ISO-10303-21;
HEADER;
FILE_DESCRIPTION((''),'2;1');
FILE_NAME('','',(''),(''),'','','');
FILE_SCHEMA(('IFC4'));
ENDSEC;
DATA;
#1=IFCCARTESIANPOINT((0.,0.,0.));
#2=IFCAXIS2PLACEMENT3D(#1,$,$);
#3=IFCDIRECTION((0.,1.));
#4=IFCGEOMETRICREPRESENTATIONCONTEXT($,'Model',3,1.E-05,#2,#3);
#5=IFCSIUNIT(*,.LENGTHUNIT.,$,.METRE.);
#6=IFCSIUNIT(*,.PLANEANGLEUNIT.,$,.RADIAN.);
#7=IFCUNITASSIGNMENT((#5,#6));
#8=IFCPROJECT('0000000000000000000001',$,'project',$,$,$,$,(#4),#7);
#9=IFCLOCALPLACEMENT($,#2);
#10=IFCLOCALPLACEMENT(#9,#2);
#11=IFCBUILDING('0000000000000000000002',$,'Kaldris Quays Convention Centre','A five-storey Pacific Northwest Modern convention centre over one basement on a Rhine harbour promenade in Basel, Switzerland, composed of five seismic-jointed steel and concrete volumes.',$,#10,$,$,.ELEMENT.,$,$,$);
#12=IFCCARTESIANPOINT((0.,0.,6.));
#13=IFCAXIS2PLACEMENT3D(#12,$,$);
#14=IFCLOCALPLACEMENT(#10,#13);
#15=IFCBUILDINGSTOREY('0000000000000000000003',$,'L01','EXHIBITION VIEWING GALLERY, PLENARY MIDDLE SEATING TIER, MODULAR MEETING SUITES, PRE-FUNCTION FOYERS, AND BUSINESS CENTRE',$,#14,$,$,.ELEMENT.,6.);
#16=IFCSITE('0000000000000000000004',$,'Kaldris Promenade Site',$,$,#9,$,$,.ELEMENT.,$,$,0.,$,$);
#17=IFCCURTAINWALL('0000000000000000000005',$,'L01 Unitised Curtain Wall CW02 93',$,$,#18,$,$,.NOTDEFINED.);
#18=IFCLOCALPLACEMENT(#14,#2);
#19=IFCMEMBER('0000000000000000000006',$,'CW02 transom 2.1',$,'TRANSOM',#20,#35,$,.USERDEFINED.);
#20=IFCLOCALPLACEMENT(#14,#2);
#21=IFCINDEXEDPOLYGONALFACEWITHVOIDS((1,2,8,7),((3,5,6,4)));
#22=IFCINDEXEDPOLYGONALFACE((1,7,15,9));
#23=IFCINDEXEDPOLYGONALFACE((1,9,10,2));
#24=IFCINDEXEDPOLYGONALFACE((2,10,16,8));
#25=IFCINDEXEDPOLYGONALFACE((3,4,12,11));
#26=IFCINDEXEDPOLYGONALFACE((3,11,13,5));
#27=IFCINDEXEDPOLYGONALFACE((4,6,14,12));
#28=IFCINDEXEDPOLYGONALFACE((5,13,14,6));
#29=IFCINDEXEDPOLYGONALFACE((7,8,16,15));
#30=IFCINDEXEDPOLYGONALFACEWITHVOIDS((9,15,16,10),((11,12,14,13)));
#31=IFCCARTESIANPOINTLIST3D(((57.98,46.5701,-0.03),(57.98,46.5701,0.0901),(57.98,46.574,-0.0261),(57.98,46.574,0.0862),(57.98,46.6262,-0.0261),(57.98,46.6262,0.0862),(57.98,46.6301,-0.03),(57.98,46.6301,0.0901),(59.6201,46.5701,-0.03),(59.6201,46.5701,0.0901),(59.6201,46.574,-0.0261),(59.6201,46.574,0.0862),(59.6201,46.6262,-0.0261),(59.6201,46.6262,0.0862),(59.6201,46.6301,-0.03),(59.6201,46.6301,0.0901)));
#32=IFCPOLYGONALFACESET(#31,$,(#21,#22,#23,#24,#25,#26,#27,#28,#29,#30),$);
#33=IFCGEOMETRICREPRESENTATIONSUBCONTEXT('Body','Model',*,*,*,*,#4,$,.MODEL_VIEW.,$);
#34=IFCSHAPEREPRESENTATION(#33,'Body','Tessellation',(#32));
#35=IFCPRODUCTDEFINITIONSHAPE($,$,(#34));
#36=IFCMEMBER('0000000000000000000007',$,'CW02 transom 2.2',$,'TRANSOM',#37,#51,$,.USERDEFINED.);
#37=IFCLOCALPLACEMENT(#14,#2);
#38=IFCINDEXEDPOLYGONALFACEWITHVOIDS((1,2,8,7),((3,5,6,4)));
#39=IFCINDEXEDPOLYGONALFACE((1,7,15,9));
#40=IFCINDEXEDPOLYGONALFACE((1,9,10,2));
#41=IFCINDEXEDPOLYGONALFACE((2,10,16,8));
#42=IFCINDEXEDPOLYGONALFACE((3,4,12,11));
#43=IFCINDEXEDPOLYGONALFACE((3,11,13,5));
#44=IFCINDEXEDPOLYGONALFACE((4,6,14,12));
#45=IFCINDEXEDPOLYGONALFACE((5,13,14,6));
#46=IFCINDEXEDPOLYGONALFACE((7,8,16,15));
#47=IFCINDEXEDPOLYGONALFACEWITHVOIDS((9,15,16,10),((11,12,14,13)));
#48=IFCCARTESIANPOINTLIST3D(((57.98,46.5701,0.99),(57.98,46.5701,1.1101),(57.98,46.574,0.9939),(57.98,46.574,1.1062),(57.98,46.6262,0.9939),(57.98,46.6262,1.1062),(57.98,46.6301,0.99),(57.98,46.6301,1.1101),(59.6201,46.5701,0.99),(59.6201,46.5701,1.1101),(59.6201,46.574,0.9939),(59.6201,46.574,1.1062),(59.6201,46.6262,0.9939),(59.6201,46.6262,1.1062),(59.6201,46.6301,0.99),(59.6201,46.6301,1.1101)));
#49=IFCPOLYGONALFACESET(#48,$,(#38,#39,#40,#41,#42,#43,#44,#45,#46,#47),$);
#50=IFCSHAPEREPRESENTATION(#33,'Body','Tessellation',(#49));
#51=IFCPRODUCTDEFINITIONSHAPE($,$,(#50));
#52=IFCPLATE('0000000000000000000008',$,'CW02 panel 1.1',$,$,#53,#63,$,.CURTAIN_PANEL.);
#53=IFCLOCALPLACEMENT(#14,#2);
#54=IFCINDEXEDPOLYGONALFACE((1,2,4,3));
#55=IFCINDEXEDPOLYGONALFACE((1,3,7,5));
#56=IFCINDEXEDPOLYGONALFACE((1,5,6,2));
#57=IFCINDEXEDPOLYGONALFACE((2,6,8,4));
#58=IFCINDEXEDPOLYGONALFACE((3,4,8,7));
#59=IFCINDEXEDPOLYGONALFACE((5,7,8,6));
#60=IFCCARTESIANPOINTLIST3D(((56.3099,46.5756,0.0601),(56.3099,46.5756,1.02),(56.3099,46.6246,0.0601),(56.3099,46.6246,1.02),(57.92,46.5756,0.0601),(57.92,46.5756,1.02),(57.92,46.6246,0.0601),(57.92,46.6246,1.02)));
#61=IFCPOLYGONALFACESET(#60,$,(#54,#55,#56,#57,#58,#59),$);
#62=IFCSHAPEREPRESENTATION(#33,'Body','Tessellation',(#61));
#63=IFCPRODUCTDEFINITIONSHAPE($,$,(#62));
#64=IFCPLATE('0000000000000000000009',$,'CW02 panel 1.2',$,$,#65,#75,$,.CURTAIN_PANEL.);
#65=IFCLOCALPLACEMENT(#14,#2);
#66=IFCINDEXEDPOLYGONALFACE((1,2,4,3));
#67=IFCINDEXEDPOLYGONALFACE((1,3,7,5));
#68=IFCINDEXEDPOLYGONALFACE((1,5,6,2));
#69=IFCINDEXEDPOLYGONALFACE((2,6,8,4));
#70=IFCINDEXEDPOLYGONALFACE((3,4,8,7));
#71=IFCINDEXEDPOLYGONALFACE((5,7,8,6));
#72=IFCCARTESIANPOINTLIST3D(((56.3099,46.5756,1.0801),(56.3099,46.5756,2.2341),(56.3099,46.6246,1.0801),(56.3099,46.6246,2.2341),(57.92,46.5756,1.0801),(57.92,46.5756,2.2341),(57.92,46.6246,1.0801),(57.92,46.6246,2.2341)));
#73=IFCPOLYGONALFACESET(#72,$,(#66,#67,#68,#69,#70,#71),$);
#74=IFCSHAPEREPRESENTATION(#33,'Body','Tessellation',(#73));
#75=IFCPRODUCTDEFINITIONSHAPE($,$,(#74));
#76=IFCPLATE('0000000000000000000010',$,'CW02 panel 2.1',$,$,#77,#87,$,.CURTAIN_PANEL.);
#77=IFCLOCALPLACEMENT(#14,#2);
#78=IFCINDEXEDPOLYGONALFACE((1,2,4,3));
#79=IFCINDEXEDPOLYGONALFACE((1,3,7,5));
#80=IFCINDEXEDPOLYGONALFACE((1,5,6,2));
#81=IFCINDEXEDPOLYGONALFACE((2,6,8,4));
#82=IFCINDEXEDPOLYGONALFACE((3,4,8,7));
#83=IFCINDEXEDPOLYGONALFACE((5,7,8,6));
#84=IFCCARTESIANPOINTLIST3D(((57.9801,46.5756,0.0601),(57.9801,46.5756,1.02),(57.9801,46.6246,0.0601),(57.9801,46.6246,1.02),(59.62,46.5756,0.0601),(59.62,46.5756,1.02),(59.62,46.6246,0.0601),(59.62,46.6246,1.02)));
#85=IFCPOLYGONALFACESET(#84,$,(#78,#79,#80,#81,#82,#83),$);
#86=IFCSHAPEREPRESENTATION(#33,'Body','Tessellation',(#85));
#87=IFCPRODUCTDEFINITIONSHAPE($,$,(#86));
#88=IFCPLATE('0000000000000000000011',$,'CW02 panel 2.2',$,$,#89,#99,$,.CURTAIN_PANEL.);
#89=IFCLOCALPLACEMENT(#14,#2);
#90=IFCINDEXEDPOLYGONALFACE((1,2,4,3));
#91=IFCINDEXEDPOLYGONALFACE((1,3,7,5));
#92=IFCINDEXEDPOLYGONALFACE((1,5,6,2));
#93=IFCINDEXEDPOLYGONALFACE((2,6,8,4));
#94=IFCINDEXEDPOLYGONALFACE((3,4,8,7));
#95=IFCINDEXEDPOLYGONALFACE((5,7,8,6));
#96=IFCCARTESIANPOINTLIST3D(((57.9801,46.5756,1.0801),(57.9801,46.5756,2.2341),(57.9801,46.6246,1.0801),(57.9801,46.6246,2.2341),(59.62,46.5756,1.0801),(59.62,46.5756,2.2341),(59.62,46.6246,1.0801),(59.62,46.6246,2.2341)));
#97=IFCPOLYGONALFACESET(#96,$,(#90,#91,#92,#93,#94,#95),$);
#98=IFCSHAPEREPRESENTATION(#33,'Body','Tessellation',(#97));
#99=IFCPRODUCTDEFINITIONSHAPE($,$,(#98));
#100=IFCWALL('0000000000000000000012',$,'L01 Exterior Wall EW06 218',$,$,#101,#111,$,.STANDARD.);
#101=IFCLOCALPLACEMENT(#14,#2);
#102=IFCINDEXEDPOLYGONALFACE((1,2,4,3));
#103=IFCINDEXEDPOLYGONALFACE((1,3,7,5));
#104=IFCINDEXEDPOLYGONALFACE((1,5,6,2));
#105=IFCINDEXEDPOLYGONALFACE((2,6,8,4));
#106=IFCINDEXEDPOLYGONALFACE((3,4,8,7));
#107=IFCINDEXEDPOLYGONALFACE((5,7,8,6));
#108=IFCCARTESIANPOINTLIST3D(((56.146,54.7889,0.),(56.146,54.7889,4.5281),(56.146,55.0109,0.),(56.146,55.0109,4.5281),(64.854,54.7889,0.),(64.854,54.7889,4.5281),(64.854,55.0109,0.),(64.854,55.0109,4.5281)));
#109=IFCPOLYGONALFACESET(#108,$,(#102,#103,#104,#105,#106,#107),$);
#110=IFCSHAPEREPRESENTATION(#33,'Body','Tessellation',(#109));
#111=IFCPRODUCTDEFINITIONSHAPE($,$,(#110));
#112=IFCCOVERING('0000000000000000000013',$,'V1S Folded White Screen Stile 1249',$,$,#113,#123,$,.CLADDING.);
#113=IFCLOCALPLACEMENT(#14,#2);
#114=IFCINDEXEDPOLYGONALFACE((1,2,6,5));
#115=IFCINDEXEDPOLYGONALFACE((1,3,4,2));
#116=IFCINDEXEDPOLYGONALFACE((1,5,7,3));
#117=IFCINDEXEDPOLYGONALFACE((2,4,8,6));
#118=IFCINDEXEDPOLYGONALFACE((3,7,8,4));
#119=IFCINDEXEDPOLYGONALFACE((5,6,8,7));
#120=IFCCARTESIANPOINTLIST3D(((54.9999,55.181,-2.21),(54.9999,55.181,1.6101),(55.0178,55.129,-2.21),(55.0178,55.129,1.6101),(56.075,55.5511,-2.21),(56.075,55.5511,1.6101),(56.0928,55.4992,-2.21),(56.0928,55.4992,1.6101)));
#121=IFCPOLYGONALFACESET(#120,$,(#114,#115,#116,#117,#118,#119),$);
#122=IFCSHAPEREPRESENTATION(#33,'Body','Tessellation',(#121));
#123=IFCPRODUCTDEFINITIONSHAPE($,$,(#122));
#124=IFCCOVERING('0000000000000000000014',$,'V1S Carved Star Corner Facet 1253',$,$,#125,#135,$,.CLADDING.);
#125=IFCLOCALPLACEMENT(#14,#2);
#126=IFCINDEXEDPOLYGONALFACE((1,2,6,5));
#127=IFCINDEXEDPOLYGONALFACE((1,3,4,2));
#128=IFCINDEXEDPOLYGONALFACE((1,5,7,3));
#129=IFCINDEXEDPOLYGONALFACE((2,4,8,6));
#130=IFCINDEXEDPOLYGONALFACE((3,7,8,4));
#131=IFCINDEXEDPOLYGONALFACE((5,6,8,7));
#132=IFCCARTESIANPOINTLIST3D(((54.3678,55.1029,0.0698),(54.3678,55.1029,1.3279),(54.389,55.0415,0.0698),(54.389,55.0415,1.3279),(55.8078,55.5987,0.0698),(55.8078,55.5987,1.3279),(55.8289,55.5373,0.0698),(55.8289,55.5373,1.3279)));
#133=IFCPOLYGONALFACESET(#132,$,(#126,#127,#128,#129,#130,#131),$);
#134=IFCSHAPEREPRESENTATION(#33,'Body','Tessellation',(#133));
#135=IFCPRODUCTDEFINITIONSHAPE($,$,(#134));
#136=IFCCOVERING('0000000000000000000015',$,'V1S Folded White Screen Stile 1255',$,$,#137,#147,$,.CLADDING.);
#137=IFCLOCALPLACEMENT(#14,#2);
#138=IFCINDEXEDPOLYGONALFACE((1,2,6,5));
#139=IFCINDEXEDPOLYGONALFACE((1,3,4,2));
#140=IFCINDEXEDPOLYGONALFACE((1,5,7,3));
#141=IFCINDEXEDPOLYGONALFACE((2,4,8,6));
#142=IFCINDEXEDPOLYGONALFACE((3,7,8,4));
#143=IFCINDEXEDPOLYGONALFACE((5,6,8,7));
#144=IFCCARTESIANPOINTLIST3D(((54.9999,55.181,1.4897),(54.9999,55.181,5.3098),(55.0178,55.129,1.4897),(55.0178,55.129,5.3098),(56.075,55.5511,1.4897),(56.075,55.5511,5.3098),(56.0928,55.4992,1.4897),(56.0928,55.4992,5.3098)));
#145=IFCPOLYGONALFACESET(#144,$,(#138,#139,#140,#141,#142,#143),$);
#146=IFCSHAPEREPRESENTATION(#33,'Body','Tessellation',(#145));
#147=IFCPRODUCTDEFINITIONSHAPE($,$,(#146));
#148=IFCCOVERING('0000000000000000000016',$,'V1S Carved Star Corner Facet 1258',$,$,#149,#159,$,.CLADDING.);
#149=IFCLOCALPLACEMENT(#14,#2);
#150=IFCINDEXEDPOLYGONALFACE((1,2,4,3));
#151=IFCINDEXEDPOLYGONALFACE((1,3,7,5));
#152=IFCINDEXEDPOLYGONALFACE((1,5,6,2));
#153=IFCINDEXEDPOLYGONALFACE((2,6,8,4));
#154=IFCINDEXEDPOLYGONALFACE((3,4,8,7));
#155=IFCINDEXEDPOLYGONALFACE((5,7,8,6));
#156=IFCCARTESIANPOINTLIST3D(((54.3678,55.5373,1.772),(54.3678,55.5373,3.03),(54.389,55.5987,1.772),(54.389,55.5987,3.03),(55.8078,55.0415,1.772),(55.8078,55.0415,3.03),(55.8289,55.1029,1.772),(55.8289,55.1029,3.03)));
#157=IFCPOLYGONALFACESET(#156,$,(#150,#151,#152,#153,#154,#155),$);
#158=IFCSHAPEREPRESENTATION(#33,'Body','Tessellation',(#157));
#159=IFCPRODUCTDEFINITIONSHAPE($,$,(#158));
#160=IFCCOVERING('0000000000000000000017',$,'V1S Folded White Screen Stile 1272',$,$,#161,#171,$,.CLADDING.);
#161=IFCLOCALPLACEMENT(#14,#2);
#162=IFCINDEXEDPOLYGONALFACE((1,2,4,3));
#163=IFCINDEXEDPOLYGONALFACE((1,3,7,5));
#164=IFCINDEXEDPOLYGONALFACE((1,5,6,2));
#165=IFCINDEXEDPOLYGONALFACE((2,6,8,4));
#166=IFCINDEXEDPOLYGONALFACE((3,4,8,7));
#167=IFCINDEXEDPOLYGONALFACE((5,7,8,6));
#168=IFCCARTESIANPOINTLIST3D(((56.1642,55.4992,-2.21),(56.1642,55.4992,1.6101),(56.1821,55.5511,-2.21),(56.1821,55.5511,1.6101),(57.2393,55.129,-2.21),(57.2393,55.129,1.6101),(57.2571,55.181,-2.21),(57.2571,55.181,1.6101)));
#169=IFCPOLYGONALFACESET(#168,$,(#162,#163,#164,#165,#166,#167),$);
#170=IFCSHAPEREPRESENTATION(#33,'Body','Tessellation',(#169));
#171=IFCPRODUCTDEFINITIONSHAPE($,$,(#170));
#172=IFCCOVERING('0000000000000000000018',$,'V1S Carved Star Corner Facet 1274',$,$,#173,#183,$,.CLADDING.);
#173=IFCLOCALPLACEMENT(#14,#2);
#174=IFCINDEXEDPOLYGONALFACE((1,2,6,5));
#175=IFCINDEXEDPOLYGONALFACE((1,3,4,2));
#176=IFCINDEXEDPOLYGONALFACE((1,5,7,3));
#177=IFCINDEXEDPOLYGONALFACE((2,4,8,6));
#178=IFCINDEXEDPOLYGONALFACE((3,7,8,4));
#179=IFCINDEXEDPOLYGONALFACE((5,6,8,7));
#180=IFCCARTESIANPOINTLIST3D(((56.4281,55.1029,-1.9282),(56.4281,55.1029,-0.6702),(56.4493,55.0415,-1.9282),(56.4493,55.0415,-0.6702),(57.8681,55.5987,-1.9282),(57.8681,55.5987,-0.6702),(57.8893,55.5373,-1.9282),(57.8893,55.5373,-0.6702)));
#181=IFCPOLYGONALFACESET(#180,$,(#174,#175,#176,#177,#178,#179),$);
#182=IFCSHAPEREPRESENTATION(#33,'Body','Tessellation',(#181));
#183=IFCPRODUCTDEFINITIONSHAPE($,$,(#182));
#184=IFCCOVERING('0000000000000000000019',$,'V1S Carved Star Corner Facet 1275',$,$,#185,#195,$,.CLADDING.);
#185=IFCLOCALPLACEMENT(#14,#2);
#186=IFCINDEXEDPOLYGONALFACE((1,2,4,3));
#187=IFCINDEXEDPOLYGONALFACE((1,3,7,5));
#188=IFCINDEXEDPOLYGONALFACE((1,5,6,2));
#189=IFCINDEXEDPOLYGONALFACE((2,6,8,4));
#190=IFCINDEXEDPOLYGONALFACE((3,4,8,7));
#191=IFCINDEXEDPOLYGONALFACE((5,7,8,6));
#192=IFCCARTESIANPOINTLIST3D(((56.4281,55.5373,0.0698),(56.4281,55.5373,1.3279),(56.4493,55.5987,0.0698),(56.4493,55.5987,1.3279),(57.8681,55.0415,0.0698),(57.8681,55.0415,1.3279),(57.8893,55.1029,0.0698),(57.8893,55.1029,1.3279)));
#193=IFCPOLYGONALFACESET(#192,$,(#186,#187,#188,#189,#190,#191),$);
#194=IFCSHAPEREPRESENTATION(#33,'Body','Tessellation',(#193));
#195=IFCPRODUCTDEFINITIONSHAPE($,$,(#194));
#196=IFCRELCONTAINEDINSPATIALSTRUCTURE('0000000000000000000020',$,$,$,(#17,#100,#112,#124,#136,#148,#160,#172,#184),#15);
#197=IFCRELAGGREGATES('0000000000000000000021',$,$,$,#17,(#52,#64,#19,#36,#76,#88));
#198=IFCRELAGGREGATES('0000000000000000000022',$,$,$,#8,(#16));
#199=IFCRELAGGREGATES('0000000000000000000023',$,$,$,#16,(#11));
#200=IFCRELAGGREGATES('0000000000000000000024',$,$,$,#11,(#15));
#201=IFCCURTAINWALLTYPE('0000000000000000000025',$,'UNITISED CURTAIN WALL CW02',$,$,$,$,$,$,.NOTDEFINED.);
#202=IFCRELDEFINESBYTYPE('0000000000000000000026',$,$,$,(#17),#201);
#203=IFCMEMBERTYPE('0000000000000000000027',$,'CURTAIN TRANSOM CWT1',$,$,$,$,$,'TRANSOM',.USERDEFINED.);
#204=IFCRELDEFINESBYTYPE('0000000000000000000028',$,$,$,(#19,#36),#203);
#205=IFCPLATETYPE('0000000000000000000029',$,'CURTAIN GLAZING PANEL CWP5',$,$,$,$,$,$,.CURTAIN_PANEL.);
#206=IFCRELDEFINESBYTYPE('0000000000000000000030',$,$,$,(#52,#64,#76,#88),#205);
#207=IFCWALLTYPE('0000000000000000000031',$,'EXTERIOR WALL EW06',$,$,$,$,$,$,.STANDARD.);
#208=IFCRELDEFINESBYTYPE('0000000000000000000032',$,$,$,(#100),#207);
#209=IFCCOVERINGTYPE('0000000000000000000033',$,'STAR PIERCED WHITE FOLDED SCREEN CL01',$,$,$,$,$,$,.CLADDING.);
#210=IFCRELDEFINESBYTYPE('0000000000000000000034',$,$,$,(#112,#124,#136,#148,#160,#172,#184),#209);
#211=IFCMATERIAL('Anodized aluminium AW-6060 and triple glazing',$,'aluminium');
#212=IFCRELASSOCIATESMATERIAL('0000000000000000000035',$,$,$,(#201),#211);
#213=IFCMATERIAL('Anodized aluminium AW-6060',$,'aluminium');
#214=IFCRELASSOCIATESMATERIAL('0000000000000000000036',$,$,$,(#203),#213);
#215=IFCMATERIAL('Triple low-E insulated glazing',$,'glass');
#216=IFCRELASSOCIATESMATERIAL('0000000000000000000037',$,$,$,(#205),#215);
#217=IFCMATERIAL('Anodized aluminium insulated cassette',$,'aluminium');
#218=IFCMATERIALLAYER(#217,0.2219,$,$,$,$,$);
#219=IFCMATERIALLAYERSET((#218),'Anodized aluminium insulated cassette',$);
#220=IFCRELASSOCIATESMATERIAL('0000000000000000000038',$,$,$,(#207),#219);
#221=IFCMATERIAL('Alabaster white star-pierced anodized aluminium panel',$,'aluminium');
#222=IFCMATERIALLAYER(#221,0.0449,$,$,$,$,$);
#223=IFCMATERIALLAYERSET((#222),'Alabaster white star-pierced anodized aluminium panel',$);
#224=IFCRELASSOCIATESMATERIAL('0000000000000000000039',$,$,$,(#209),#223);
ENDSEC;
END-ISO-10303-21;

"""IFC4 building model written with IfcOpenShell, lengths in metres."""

from ifc_helpers import new_model, si_unit, direction, frame, frame_2d, origin, origin_2d, place, context, subcontext, project, spatial, rectangle, hollow_rectangle, extrude, material, layer, layer_set, material_profile, profile_set, type_object, element, aggregate, save


model = new_model("IFC4")

# Units and contexts
model_context = context("Model", 3, precision=1e-05, world=origin(), true_north=direction((0.0, 1.0)))
body_context = subcontext(model_context, "Body", "Model", "MODEL_VIEW")
ifc_project = project(units=[si_unit("LENGTHUNIT", "METRE"), si_unit("PLANEANGLEUNIT", "RADIAN")], contexts=[model_context])

# Site, building, storey
site_placement = place(None, origin())
site = spatial("IfcSite", under=ifc_project, at=site_placement, Name="Kaldris Promenade Site", CompositionType="ELEMENT", RefElevation=0.0)
building_placement = place(site_placement, origin())
building = spatial("IfcBuilding", under=site, at=building_placement, Name="Kaldris Quays Convention Centre", Description="A five-storey Pacific Northwest Modern convention centre over one basement on a Rhine harbour promenade in Basel, Switzerland, composed of five seismic-jointed steel and concrete volumes.", CompositionType="ELEMENT")
storey_placement = place(building_placement, frame((0.0, 0.0, 6.0)))
storey = spatial("IfcBuildingStorey", under=building, at=storey_placement, Name="L01", Description="EXHIBITION VIEWING GALLERY, PLENARY MIDDLE SEATING TIER, MODULAR MEETING SUITES, PRE-FUNCTION FOYERS, AND BUSINESS CENTRE", CompositionType="ELEMENT", Elevation=6.0)

# Shared definitions
ifc_material_1 = material(Name="Anodized aluminium AW-6060 and triple glazing", Category="aluminium")
curtain_wall_type = type_object("IfcCurtainWallType", Name="UNITISED CURTAIN WALL CW02", PredefinedType="NOTDEFINED", material=ifc_material_1)
ifc_material_2 = material(Name="Anodized aluminium AW-6060", Category="aluminium")

# Curtain wall, members, plates
curtain_wall_1_placement = place(storey_placement, origin())
curtain_wall_1 = element("IfcCurtainWall", 1, at=curtain_wall_1_placement, inside=storey, type_object=curtain_wall_type, Name="L01 Unitised Curtain Wall CW02 93", PredefinedType="NOTDEFINED")
ifc_material_profile_1 = material_profile(ifc_material_2, hollow_rectangle(XDim=0.0601, YDim=0.1201, WallThickness=0.0039, at=origin_2d()), Name="RHS 120x60x4")
ifc_profile_set_1 = profile_set([ifc_material_profile_1], Name="Anodized aluminium AW-6060")
member_type_1 = type_object("IfcMemberType", Name="CURTAIN TRANSOM CWT1", ElementType="TRANSOM", PredefinedType="USERDEFINED", material=ifc_profile_set_1)
member_1_placement = place(storey_placement, frame((57.98, 46.6001, 0.03), z_axis=(1.0, 0.0, 0.0), x_axis=(0.0, 1.0, 0.0)))
member_1 = element("IfcMember", 2, at=member_1_placement, type_object=member_type_1, Name="CW02 transom 2.1", ObjectType="TRANSOM", PredefinedType="USERDEFINED", context=body_context, shape_type="SweptSolid", body=[
    extrude(hollow_rectangle(XDim=0.0601, YDim=0.1201, WallThickness=0.0039, at=origin_2d()), origin(), (0.0, 0.0, 1.0), 1.6401),
])
member_2_placement = place(storey_placement, frame((57.98, 46.6001, 1.05), z_axis=(1.0, 0.0, 0.0), x_axis=(0.0, 1.0, 0.0)))
member_2 = element("IfcMember", 3, at=member_2_placement, type_object=member_type_1, Name="CW02 transom 2.2", ObjectType="TRANSOM", PredefinedType="USERDEFINED", context=body_context, shape_type="SweptSolid", body=[
    extrude(hollow_rectangle(XDim=0.0601, YDim=0.1201, WallThickness=0.0039, at=origin_2d()), origin(), (0.0, 0.0, 1.0), 1.6401),
])
ifc_material_3 = material(Name="Triple low-E insulated glazing", Category="glass")
plate_type = type_object("IfcPlateType", Name="CURTAIN GLAZING PANEL CWP5", PredefinedType="CURTAIN_PANEL", material=ifc_material_3)
plate_1_placement = place(storey_placement, frame((57.115, 46.6001, 0.0601), z_axis=(0.0, 0.0, 1.0), x_axis=(1.0, 0.0, 0.0)))
plate_1 = element("IfcPlate", 4, at=plate_1_placement, type_object=plate_type, Name="CW02 panel 1.1", PredefinedType="CURTAIN_PANEL", context=body_context, shape_type="SweptSolid", body=[
    extrude(rectangle(XDim=1.6101, YDim=0.0491, at=origin_2d()), origin(), (0.0, 0.0, 1.0), 0.96),
])
plate_2_placement = place(storey_placement, frame((57.115, 46.6001, 1.0801), z_axis=(0.0, 0.0, 1.0), x_axis=(1.0, 0.0, 0.0)))
plate_2 = element("IfcPlate", 5, at=plate_2_placement, type_object=plate_type, Name="CW02 panel 1.2", PredefinedType="CURTAIN_PANEL", context=body_context, shape_type="SweptSolid", body=[
    extrude(rectangle(XDim=1.6101, YDim=0.0491, at=origin_2d()), origin(), (0.0, 0.0, 1.0), 1.1541),
])
plate_3_placement = place(storey_placement, frame((58.8, 46.6001, 0.0601), z_axis=(0.0, 0.0, 1.0), x_axis=(1.0, 0.0, 0.0)))
plate_3 = element("IfcPlate", 6, at=plate_3_placement, type_object=plate_type, Name="CW02 panel 2.1", PredefinedType="CURTAIN_PANEL", context=body_context, shape_type="SweptSolid", body=[
    extrude(rectangle(XDim=1.6399, YDim=0.0491, at=origin_2d()), origin(), (0.0, 0.0, 1.0), 0.96),
])
plate_4_placement = place(storey_placement, frame((58.8, 46.6001, 1.0801), z_axis=(0.0, 0.0, 1.0), x_axis=(1.0, 0.0, 0.0)))
plate_4 = element("IfcPlate", 7, at=plate_4_placement, type_object=plate_type, Name="CW02 panel 2.2", PredefinedType="CURTAIN_PANEL", context=body_context, shape_type="SweptSolid", body=[
    extrude(rectangle(XDim=1.6399, YDim=0.0491, at=origin_2d()), origin(), (0.0, 0.0, 1.0), 1.1541),
])
aggregate(curtain_wall_1, [plate_1, plate_2, member_1, member_2, plate_3, plate_4])

# Wall
ifc_material_4 = material(Name="Anodized aluminium insulated cassette", Category="aluminium")
ifc_layer_1 = layer(ifc_material_4, 0.2219)
ifc_layer_set_1 = layer_set([ifc_layer_1], Name="Anodized aluminium insulated cassette")
wall_type = type_object("IfcWallType", Name="EXTERIOR WALL EW06", PredefinedType="STANDARD", material=ifc_layer_set_1)
wall_placement = place(storey_placement, frame((56.146, 54.8999, 0.0), z_axis=(0.0, 0.0, 1.0), x_axis=(1.0, 0.0, 0.0)))
element("IfcWall", 8, at=wall_placement, inside=storey, type_object=wall_type, Name="L01 Exterior Wall EW06 218", PredefinedType="STANDARD", context=body_context, shape_type="SweptSolid", body=[
    extrude(rectangle(XDim=8.708, YDim=0.2219, at=frame_2d((4.354, 0.0))), origin(), (0.0, 0.0, 1.0), 4.5281),
])

# Coverings
ifc_material_5 = material(Name="Alabaster white star-pierced anodized aluminium panel", Category="aluminium")
ifc_layer_2 = layer(ifc_material_5, 0.0449)
ifc_layer_set_2 = layer_set([ifc_layer_2], Name="Alabaster white star-pierced anodized aluminium panel")
covering_type = type_object("IfcCoveringType", Name="STAR PIERCED WHITE FOLDED SCREEN CL01", PredefinedType="CLADDING", material=ifc_layer_set_2)
covering_1_placement = place(storey_placement, frame((55.5464, 55.3401, -2.21), z_axis=(0.0, 0.0, 1.0), x_axis=(0.945519, 0.325568, 0.0)))
element("IfcCovering", 9, at=covering_1_placement, inside=storey, type_object=covering_type, Name="V1S Folded White Screen Stile 1249", PredefinedType="CLADDING", context=body_context, shape_type="SweptSolid", body=[
    extrude(rectangle(XDim=1.137, YDim=0.0549, at=origin_2d()), origin(), (0.0, 0.0, 1.0), 3.8201),
])
covering_2_placement = place(storey_placement, frame((55.0984, 55.3201, 0.0698), z_axis=(0.0, 0.0, 1.0), x_axis=(0.945519, 0.325568, 0.0)))
element("IfcCovering", 10, at=covering_2_placement, inside=storey, type_object=covering_type, Name="V1S Carved Star Corner Facet 1253", PredefinedType="CLADDING", context=body_context, shape_type="SweptSolid", body=[
    extrude(rectangle(XDim=1.5229, YDim=0.0649, at=origin_2d()), origin(), (0.0, 0.0, 1.0), 1.2581),
])
covering_3_placement = place(storey_placement, frame((55.5464, 55.3401, 1.4897), z_axis=(0.0, 0.0, 1.0), x_axis=(0.945519, 0.325568, 0.0)))
element("IfcCovering", 11, at=covering_3_placement, inside=storey, type_object=covering_type, Name="V1S Folded White Screen Stile 1255", PredefinedType="CLADDING", context=body_context, shape_type="SweptSolid", body=[
    extrude(rectangle(XDim=1.137, YDim=0.0549, at=origin_2d()), origin(), (0.0, 0.0, 1.0), 3.8201),
])
covering_4_placement = place(storey_placement, frame((55.0984, 55.3201, 1.772), z_axis=(0.0, 0.0, 1.0), x_axis=(0.945519, -0.325568, 0.0)))
element("IfcCovering", 12, at=covering_4_placement, inside=storey, type_object=covering_type, Name="V1S Carved Star Corner Facet 1258", PredefinedType="CLADDING", context=body_context, shape_type="SweptSolid", body=[
    extrude(rectangle(XDim=1.5229, YDim=0.0649, at=origin_2d()), origin(), (0.0, 0.0, 1.0), 1.2581),
])
covering_5_placement = place(storey_placement, frame((56.7107, 55.3401, -2.21), z_axis=(0.0, 0.0, 1.0), x_axis=(0.945519, -0.325568, 0.0)))
element("IfcCovering", 13, at=covering_5_placement, inside=storey, type_object=covering_type, Name="V1S Folded White Screen Stile 1272", PredefinedType="CLADDING", context=body_context, shape_type="SweptSolid", body=[
    extrude(rectangle(XDim=1.137, YDim=0.0549, at=origin_2d()), origin(), (0.0, 0.0, 1.0), 3.8201),
])
for number, where, z_axis, x_axis, name in (
    (14, (57.1587, 55.3201, -1.9282), (0.0, 0.0, 1.0), (0.945519, 0.325568, 0.0), "V1S Carved Star Corner Facet 1274"),
    (15, (57.1587, 55.3201, 0.0698), (0.0, 0.0, 1.0), (0.945519, -0.325568, 0.0), "V1S Carved Star Corner Facet 1275"),
):
    element("IfcCovering", number, at=place(storey_placement, frame(where, z_axis=z_axis, x_axis=x_axis)), inside=storey, type_object=covering_type, Name=name, PredefinedType="CLADDING", context=body_context, shape_type="SweptSolid", body=[
        extrude(rectangle(XDim=1.5229, YDim=0.0649, at=origin_2d()), origin(), (0.0, 0.0, 1.0), 1.2581),
    ])

save(model, "model.ifc")
